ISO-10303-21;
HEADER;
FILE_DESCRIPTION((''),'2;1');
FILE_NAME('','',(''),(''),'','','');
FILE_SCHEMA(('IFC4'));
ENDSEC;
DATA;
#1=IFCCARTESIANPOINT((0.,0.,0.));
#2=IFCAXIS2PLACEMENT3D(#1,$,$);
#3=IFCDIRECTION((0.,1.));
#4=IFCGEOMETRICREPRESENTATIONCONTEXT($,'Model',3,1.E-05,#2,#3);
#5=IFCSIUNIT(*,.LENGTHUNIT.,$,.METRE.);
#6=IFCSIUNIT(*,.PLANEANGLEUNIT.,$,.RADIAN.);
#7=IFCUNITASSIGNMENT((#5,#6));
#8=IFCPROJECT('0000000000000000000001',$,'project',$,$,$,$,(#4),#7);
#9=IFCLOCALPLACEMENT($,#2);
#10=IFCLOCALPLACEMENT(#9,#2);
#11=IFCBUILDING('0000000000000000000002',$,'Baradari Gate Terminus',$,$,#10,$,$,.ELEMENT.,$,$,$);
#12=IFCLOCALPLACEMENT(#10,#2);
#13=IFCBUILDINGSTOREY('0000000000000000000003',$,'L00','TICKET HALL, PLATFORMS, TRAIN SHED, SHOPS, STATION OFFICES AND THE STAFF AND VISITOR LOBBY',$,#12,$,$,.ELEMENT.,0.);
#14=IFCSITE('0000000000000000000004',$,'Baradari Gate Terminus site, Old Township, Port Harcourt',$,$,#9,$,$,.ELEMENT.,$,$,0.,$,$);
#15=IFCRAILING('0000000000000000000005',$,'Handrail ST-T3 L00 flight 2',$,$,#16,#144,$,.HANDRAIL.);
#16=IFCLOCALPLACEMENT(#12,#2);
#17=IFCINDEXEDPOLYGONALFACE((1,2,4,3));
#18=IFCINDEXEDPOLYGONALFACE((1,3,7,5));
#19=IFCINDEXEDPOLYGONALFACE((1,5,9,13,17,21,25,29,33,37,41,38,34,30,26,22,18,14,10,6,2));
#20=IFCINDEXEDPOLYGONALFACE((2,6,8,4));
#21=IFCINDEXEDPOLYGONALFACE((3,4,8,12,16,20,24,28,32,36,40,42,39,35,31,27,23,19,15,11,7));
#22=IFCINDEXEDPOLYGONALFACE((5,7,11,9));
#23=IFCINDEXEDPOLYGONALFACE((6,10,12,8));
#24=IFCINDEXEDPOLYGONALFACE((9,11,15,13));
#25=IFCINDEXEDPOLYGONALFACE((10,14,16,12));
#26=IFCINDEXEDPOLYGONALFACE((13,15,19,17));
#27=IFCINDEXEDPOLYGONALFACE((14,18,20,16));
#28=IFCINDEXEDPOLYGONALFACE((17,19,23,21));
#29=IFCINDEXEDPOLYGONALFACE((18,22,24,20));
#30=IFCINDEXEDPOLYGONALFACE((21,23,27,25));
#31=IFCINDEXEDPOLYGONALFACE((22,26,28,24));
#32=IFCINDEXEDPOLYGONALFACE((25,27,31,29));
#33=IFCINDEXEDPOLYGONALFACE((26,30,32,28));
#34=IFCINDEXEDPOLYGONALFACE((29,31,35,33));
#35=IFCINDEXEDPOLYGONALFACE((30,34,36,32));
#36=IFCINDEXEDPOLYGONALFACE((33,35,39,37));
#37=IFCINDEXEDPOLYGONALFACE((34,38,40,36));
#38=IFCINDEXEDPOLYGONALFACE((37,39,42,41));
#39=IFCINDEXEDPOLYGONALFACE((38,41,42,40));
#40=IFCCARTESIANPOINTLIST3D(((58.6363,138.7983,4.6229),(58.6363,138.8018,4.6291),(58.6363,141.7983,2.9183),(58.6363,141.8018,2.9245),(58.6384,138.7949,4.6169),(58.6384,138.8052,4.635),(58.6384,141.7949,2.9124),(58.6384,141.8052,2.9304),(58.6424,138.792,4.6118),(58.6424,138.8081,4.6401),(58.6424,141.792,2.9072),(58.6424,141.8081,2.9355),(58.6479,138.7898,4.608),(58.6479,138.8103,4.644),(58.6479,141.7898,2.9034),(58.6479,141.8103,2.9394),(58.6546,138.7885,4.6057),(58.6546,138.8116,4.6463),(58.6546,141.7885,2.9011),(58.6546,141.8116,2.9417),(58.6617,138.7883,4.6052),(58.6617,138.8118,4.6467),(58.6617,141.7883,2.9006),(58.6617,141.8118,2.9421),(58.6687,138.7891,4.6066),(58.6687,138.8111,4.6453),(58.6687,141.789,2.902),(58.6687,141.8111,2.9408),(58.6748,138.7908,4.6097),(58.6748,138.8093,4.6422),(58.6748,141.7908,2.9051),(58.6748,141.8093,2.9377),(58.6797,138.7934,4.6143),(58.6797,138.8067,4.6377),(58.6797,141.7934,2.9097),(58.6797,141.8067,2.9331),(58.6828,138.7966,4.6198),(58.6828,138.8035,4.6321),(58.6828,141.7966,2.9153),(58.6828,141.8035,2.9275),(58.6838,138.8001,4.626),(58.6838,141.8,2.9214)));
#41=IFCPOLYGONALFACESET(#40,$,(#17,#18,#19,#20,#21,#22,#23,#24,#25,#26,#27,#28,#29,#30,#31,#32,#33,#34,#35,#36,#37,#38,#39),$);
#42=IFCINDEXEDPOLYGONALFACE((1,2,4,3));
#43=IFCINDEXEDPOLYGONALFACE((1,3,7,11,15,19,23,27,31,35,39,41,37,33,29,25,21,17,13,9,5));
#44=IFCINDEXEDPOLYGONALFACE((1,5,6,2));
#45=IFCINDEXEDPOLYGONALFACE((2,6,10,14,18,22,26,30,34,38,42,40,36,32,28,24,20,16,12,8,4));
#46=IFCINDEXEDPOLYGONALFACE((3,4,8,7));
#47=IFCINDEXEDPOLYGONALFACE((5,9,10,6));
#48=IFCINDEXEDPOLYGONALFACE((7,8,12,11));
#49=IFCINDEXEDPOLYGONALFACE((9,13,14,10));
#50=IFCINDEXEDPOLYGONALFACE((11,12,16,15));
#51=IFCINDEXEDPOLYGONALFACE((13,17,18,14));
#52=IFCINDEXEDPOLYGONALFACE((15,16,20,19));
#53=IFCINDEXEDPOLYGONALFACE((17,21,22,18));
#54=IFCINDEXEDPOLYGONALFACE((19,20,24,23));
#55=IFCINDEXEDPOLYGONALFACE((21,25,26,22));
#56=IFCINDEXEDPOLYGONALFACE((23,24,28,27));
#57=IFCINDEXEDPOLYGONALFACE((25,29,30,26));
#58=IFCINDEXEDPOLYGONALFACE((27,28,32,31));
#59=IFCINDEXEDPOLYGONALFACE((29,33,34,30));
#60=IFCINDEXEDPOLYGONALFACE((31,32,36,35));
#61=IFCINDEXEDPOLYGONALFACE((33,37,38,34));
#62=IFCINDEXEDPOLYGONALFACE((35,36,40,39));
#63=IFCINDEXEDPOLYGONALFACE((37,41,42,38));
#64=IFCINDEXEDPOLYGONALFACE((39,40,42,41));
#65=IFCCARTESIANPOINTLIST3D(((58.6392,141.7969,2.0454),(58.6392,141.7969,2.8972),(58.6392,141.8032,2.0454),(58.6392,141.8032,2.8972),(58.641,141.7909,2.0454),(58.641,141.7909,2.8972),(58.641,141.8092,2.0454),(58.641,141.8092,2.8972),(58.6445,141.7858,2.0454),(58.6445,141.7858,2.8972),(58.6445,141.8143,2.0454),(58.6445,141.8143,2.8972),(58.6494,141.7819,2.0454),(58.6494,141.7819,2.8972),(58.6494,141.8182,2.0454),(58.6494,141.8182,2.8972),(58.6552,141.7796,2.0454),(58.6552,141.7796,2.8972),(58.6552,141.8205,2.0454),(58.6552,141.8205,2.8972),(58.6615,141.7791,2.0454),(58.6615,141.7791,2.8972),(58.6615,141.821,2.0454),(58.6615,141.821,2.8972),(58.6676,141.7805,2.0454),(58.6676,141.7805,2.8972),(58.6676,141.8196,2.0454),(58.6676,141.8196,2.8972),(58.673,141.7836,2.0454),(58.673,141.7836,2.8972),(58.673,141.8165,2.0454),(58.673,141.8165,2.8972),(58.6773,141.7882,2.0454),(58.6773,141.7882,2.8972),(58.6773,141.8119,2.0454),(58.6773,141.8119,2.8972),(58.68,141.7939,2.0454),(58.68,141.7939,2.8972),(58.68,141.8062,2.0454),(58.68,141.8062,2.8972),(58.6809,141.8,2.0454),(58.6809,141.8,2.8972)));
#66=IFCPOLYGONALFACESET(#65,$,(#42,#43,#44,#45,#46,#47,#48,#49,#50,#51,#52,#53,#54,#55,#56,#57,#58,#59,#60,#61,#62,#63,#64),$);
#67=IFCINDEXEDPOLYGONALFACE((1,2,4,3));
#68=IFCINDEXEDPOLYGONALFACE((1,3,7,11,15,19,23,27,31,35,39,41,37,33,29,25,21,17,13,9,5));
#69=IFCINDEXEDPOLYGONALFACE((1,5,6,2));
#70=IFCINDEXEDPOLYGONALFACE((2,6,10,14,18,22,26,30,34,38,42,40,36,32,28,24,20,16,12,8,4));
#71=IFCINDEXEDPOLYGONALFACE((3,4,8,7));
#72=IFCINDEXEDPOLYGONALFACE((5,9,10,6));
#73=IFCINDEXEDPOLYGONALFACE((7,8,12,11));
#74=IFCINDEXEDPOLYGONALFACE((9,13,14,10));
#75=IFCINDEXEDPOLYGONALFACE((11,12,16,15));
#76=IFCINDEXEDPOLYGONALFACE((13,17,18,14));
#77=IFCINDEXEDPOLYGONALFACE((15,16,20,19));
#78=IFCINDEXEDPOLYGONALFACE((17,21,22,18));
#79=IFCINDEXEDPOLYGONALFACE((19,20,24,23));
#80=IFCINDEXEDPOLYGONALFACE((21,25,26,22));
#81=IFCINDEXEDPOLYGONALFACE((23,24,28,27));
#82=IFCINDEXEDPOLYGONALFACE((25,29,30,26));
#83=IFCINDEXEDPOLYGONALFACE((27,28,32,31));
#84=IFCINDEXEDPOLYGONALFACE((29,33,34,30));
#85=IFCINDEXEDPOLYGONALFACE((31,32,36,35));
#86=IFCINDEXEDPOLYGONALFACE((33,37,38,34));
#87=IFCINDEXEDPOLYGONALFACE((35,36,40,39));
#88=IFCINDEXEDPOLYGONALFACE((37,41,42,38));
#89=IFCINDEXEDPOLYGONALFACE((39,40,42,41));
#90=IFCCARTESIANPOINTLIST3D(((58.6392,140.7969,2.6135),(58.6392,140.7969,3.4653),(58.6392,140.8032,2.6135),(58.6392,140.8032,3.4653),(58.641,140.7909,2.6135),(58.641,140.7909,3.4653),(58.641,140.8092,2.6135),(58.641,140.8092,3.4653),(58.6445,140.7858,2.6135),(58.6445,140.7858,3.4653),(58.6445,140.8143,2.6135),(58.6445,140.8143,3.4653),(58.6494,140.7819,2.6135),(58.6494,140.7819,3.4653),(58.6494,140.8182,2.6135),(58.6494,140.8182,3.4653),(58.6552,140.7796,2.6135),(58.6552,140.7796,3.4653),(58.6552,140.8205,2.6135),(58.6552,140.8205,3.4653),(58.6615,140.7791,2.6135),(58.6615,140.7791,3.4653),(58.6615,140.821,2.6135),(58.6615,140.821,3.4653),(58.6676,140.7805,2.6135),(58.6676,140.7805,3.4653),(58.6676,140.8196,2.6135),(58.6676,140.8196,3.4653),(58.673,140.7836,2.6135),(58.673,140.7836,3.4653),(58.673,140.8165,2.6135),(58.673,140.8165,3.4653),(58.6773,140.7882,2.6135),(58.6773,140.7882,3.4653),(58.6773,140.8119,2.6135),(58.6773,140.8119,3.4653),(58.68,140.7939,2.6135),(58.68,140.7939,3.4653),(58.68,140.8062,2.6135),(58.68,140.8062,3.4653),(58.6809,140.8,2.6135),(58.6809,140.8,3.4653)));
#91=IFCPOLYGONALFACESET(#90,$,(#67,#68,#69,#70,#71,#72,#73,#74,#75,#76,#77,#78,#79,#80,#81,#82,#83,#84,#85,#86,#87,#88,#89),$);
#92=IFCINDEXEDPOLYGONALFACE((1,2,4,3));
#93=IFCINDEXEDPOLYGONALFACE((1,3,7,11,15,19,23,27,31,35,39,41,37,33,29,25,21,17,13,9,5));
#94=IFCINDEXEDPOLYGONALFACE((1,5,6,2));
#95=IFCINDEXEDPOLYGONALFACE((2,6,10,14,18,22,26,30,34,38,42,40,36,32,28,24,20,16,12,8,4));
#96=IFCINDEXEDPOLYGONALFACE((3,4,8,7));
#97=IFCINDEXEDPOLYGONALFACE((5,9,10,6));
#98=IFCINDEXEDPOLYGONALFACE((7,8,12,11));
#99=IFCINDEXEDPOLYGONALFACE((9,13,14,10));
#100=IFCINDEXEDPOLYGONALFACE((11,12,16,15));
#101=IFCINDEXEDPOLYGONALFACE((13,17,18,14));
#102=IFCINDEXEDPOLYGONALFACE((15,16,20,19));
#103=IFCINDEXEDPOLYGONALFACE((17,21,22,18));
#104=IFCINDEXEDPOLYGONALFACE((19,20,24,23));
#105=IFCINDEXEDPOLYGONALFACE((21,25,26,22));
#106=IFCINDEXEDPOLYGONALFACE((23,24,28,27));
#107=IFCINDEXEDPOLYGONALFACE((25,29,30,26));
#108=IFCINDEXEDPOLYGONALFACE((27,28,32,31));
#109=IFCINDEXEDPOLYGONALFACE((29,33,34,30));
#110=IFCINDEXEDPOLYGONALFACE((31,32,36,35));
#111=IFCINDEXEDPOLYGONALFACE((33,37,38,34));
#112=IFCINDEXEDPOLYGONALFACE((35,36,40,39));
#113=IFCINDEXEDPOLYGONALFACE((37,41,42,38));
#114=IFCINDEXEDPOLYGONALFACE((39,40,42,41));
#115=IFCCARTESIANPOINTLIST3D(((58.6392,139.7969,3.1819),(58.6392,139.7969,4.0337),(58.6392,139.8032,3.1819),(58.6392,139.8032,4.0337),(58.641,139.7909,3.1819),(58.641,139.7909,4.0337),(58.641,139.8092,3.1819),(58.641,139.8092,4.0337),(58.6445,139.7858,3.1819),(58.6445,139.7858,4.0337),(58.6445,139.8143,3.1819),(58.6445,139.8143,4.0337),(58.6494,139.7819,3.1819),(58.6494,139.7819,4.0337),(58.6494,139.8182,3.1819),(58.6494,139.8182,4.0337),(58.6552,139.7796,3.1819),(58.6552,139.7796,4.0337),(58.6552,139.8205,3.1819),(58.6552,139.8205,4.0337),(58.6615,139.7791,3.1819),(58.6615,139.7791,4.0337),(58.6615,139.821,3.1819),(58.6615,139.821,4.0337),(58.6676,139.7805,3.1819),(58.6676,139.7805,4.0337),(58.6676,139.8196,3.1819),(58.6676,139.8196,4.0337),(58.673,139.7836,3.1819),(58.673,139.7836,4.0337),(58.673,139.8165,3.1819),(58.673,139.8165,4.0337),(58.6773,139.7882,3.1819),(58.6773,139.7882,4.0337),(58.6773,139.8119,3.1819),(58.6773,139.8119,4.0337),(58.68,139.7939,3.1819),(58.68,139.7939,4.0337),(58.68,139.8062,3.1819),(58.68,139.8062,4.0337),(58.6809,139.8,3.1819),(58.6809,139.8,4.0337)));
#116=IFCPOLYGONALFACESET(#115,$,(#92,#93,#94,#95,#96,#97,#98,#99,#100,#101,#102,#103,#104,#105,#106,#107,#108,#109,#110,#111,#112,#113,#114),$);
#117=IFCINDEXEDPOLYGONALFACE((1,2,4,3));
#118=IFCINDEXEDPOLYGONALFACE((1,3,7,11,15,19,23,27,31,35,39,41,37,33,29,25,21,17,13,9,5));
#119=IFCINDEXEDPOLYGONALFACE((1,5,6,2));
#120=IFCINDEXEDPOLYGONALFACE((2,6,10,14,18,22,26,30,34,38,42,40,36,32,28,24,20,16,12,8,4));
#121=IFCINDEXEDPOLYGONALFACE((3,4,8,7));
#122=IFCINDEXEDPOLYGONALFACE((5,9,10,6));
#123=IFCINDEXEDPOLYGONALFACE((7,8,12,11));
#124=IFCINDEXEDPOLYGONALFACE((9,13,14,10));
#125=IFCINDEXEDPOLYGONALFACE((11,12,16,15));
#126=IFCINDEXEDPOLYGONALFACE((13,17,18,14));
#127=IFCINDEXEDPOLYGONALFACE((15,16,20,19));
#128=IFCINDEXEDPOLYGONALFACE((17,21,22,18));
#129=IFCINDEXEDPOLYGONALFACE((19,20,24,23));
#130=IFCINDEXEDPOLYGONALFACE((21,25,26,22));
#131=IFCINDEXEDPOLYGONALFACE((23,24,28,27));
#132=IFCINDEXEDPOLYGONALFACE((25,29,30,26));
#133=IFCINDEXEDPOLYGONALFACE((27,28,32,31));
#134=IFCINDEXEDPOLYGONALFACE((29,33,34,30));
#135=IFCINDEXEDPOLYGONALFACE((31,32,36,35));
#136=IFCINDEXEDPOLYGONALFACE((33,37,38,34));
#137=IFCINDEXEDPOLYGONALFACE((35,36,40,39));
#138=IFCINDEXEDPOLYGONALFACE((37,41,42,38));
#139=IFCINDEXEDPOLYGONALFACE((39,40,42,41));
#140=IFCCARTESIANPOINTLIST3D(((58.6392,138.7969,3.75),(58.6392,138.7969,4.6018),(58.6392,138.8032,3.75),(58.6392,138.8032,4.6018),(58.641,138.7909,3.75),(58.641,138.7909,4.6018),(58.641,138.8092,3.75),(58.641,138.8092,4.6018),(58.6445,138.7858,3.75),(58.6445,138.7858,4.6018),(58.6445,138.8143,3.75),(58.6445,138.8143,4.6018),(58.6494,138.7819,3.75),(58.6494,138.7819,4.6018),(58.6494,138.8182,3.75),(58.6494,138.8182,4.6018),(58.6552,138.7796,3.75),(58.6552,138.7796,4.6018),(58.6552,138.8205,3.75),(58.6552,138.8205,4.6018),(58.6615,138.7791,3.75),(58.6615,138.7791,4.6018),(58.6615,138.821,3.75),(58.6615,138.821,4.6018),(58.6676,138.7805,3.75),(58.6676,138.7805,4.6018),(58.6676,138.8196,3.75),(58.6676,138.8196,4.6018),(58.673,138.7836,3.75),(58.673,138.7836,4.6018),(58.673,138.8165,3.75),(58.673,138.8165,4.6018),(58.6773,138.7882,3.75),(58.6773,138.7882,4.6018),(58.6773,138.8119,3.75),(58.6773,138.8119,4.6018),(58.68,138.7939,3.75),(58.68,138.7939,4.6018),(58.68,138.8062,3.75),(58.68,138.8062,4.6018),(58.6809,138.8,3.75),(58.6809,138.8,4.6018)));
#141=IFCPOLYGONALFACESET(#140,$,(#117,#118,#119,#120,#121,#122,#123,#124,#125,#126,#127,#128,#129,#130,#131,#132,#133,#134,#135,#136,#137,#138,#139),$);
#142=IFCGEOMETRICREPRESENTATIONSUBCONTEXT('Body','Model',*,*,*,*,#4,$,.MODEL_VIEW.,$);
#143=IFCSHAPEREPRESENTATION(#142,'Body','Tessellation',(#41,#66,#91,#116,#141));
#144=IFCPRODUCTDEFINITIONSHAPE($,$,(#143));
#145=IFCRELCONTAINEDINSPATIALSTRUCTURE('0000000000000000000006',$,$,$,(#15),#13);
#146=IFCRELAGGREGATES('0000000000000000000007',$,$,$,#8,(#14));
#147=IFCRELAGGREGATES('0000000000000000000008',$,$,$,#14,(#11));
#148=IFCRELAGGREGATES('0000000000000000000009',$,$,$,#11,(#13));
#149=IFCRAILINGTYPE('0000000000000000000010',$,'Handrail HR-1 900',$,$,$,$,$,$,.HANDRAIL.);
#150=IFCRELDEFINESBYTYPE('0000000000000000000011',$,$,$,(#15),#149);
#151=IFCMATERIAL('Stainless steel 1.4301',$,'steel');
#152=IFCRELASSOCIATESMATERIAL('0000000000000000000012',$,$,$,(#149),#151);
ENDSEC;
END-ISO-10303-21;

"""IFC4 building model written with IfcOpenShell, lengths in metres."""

from ifc_helpers import new_model, si_unit, direction, frame, origin, origin_2d, place, context, subcontext, project, spatial, circle, extrude, material, type_object, element, save


model = new_model("IFC4")

# Units and contexts
model_context = context("Model", 3, precision=1e-05, world=origin(), true_north=direction((0.0, 1.0)))
body_context = subcontext(model_context, "Body", "Model", "MODEL_VIEW")
ifc_project = project(units=[si_unit("LENGTHUNIT", "METRE"), si_unit("PLANEANGLEUNIT", "RADIAN")], contexts=[model_context])

# Site, building, storey
site_placement = place(None, origin())
site = spatial("IfcSite", under=ifc_project, at=site_placement, Name="Baradari Gate Terminus site, Old Township, Port Harcourt", CompositionType="ELEMENT", RefElevation=0.0)
building_placement = place(site_placement, origin())
building = spatial("IfcBuilding", under=site, at=building_placement, Name="Baradari Gate Terminus", CompositionType="ELEMENT")
storey_placement = place(building_placement, origin())
storey = spatial("IfcBuildingStorey", under=building, at=storey_placement, Name="L00", Description="TICKET HALL, PLATFORMS, TRAIN SHED, SHOPS, STATION OFFICES AND THE STAFF AND VISITOR LOBBY", CompositionType="ELEMENT", Elevation=0.0)

# Railing
ifc_material_1 = material(Name="Stainless steel 1.4301", Category="steel")
railing_type_1 = type_object("IfcRailingType", Name="Handrail HR-1 900", PredefinedType="HANDRAIL", material=ifc_material_1)
for number, where, name in (
    (1, (58.6599, 141.8, 2.0454), "Handrail ST-T3 L00 flight 2"),
):
    element("IfcRailing", number, at=place(storey_placement, frame(where)), inside=storey, type_object=railing_type_1, Name=name, PredefinedType="HANDRAIL", context=body_context, shape_type="SweptSolid", body=[
        extrude(circle(Radius=0.0239, at=origin_2d()), frame((0.0, 0.0, 0.876), z_axis=(0.0, -0.869451, 0.494019), x_axis=(1.0, 0.0, 0.0)), (0.0, 0.0, 1.0), 3.4504),
        extrude(circle(Radius=0.021, at=origin_2d()), origin(), (0.0, 0.0, 1.0), 0.8518),
        extrude(circle(Radius=0.021, at=origin_2d()), frame((0.0, -1.0, 0.5681)), (0.0, 0.0, 1.0), 0.8518),
        extrude(circle(Radius=0.021, at=origin_2d()), frame((0.0, -2.0, 1.1365)), (0.0, 0.0, 1.0), 0.8518),
        extrude(circle(Radius=0.021, at=origin_2d()), frame((0.0, -3.0, 1.7046)), (0.0, 0.0, 1.0), 0.8518),
    ])

save(model, "model.ifc")
